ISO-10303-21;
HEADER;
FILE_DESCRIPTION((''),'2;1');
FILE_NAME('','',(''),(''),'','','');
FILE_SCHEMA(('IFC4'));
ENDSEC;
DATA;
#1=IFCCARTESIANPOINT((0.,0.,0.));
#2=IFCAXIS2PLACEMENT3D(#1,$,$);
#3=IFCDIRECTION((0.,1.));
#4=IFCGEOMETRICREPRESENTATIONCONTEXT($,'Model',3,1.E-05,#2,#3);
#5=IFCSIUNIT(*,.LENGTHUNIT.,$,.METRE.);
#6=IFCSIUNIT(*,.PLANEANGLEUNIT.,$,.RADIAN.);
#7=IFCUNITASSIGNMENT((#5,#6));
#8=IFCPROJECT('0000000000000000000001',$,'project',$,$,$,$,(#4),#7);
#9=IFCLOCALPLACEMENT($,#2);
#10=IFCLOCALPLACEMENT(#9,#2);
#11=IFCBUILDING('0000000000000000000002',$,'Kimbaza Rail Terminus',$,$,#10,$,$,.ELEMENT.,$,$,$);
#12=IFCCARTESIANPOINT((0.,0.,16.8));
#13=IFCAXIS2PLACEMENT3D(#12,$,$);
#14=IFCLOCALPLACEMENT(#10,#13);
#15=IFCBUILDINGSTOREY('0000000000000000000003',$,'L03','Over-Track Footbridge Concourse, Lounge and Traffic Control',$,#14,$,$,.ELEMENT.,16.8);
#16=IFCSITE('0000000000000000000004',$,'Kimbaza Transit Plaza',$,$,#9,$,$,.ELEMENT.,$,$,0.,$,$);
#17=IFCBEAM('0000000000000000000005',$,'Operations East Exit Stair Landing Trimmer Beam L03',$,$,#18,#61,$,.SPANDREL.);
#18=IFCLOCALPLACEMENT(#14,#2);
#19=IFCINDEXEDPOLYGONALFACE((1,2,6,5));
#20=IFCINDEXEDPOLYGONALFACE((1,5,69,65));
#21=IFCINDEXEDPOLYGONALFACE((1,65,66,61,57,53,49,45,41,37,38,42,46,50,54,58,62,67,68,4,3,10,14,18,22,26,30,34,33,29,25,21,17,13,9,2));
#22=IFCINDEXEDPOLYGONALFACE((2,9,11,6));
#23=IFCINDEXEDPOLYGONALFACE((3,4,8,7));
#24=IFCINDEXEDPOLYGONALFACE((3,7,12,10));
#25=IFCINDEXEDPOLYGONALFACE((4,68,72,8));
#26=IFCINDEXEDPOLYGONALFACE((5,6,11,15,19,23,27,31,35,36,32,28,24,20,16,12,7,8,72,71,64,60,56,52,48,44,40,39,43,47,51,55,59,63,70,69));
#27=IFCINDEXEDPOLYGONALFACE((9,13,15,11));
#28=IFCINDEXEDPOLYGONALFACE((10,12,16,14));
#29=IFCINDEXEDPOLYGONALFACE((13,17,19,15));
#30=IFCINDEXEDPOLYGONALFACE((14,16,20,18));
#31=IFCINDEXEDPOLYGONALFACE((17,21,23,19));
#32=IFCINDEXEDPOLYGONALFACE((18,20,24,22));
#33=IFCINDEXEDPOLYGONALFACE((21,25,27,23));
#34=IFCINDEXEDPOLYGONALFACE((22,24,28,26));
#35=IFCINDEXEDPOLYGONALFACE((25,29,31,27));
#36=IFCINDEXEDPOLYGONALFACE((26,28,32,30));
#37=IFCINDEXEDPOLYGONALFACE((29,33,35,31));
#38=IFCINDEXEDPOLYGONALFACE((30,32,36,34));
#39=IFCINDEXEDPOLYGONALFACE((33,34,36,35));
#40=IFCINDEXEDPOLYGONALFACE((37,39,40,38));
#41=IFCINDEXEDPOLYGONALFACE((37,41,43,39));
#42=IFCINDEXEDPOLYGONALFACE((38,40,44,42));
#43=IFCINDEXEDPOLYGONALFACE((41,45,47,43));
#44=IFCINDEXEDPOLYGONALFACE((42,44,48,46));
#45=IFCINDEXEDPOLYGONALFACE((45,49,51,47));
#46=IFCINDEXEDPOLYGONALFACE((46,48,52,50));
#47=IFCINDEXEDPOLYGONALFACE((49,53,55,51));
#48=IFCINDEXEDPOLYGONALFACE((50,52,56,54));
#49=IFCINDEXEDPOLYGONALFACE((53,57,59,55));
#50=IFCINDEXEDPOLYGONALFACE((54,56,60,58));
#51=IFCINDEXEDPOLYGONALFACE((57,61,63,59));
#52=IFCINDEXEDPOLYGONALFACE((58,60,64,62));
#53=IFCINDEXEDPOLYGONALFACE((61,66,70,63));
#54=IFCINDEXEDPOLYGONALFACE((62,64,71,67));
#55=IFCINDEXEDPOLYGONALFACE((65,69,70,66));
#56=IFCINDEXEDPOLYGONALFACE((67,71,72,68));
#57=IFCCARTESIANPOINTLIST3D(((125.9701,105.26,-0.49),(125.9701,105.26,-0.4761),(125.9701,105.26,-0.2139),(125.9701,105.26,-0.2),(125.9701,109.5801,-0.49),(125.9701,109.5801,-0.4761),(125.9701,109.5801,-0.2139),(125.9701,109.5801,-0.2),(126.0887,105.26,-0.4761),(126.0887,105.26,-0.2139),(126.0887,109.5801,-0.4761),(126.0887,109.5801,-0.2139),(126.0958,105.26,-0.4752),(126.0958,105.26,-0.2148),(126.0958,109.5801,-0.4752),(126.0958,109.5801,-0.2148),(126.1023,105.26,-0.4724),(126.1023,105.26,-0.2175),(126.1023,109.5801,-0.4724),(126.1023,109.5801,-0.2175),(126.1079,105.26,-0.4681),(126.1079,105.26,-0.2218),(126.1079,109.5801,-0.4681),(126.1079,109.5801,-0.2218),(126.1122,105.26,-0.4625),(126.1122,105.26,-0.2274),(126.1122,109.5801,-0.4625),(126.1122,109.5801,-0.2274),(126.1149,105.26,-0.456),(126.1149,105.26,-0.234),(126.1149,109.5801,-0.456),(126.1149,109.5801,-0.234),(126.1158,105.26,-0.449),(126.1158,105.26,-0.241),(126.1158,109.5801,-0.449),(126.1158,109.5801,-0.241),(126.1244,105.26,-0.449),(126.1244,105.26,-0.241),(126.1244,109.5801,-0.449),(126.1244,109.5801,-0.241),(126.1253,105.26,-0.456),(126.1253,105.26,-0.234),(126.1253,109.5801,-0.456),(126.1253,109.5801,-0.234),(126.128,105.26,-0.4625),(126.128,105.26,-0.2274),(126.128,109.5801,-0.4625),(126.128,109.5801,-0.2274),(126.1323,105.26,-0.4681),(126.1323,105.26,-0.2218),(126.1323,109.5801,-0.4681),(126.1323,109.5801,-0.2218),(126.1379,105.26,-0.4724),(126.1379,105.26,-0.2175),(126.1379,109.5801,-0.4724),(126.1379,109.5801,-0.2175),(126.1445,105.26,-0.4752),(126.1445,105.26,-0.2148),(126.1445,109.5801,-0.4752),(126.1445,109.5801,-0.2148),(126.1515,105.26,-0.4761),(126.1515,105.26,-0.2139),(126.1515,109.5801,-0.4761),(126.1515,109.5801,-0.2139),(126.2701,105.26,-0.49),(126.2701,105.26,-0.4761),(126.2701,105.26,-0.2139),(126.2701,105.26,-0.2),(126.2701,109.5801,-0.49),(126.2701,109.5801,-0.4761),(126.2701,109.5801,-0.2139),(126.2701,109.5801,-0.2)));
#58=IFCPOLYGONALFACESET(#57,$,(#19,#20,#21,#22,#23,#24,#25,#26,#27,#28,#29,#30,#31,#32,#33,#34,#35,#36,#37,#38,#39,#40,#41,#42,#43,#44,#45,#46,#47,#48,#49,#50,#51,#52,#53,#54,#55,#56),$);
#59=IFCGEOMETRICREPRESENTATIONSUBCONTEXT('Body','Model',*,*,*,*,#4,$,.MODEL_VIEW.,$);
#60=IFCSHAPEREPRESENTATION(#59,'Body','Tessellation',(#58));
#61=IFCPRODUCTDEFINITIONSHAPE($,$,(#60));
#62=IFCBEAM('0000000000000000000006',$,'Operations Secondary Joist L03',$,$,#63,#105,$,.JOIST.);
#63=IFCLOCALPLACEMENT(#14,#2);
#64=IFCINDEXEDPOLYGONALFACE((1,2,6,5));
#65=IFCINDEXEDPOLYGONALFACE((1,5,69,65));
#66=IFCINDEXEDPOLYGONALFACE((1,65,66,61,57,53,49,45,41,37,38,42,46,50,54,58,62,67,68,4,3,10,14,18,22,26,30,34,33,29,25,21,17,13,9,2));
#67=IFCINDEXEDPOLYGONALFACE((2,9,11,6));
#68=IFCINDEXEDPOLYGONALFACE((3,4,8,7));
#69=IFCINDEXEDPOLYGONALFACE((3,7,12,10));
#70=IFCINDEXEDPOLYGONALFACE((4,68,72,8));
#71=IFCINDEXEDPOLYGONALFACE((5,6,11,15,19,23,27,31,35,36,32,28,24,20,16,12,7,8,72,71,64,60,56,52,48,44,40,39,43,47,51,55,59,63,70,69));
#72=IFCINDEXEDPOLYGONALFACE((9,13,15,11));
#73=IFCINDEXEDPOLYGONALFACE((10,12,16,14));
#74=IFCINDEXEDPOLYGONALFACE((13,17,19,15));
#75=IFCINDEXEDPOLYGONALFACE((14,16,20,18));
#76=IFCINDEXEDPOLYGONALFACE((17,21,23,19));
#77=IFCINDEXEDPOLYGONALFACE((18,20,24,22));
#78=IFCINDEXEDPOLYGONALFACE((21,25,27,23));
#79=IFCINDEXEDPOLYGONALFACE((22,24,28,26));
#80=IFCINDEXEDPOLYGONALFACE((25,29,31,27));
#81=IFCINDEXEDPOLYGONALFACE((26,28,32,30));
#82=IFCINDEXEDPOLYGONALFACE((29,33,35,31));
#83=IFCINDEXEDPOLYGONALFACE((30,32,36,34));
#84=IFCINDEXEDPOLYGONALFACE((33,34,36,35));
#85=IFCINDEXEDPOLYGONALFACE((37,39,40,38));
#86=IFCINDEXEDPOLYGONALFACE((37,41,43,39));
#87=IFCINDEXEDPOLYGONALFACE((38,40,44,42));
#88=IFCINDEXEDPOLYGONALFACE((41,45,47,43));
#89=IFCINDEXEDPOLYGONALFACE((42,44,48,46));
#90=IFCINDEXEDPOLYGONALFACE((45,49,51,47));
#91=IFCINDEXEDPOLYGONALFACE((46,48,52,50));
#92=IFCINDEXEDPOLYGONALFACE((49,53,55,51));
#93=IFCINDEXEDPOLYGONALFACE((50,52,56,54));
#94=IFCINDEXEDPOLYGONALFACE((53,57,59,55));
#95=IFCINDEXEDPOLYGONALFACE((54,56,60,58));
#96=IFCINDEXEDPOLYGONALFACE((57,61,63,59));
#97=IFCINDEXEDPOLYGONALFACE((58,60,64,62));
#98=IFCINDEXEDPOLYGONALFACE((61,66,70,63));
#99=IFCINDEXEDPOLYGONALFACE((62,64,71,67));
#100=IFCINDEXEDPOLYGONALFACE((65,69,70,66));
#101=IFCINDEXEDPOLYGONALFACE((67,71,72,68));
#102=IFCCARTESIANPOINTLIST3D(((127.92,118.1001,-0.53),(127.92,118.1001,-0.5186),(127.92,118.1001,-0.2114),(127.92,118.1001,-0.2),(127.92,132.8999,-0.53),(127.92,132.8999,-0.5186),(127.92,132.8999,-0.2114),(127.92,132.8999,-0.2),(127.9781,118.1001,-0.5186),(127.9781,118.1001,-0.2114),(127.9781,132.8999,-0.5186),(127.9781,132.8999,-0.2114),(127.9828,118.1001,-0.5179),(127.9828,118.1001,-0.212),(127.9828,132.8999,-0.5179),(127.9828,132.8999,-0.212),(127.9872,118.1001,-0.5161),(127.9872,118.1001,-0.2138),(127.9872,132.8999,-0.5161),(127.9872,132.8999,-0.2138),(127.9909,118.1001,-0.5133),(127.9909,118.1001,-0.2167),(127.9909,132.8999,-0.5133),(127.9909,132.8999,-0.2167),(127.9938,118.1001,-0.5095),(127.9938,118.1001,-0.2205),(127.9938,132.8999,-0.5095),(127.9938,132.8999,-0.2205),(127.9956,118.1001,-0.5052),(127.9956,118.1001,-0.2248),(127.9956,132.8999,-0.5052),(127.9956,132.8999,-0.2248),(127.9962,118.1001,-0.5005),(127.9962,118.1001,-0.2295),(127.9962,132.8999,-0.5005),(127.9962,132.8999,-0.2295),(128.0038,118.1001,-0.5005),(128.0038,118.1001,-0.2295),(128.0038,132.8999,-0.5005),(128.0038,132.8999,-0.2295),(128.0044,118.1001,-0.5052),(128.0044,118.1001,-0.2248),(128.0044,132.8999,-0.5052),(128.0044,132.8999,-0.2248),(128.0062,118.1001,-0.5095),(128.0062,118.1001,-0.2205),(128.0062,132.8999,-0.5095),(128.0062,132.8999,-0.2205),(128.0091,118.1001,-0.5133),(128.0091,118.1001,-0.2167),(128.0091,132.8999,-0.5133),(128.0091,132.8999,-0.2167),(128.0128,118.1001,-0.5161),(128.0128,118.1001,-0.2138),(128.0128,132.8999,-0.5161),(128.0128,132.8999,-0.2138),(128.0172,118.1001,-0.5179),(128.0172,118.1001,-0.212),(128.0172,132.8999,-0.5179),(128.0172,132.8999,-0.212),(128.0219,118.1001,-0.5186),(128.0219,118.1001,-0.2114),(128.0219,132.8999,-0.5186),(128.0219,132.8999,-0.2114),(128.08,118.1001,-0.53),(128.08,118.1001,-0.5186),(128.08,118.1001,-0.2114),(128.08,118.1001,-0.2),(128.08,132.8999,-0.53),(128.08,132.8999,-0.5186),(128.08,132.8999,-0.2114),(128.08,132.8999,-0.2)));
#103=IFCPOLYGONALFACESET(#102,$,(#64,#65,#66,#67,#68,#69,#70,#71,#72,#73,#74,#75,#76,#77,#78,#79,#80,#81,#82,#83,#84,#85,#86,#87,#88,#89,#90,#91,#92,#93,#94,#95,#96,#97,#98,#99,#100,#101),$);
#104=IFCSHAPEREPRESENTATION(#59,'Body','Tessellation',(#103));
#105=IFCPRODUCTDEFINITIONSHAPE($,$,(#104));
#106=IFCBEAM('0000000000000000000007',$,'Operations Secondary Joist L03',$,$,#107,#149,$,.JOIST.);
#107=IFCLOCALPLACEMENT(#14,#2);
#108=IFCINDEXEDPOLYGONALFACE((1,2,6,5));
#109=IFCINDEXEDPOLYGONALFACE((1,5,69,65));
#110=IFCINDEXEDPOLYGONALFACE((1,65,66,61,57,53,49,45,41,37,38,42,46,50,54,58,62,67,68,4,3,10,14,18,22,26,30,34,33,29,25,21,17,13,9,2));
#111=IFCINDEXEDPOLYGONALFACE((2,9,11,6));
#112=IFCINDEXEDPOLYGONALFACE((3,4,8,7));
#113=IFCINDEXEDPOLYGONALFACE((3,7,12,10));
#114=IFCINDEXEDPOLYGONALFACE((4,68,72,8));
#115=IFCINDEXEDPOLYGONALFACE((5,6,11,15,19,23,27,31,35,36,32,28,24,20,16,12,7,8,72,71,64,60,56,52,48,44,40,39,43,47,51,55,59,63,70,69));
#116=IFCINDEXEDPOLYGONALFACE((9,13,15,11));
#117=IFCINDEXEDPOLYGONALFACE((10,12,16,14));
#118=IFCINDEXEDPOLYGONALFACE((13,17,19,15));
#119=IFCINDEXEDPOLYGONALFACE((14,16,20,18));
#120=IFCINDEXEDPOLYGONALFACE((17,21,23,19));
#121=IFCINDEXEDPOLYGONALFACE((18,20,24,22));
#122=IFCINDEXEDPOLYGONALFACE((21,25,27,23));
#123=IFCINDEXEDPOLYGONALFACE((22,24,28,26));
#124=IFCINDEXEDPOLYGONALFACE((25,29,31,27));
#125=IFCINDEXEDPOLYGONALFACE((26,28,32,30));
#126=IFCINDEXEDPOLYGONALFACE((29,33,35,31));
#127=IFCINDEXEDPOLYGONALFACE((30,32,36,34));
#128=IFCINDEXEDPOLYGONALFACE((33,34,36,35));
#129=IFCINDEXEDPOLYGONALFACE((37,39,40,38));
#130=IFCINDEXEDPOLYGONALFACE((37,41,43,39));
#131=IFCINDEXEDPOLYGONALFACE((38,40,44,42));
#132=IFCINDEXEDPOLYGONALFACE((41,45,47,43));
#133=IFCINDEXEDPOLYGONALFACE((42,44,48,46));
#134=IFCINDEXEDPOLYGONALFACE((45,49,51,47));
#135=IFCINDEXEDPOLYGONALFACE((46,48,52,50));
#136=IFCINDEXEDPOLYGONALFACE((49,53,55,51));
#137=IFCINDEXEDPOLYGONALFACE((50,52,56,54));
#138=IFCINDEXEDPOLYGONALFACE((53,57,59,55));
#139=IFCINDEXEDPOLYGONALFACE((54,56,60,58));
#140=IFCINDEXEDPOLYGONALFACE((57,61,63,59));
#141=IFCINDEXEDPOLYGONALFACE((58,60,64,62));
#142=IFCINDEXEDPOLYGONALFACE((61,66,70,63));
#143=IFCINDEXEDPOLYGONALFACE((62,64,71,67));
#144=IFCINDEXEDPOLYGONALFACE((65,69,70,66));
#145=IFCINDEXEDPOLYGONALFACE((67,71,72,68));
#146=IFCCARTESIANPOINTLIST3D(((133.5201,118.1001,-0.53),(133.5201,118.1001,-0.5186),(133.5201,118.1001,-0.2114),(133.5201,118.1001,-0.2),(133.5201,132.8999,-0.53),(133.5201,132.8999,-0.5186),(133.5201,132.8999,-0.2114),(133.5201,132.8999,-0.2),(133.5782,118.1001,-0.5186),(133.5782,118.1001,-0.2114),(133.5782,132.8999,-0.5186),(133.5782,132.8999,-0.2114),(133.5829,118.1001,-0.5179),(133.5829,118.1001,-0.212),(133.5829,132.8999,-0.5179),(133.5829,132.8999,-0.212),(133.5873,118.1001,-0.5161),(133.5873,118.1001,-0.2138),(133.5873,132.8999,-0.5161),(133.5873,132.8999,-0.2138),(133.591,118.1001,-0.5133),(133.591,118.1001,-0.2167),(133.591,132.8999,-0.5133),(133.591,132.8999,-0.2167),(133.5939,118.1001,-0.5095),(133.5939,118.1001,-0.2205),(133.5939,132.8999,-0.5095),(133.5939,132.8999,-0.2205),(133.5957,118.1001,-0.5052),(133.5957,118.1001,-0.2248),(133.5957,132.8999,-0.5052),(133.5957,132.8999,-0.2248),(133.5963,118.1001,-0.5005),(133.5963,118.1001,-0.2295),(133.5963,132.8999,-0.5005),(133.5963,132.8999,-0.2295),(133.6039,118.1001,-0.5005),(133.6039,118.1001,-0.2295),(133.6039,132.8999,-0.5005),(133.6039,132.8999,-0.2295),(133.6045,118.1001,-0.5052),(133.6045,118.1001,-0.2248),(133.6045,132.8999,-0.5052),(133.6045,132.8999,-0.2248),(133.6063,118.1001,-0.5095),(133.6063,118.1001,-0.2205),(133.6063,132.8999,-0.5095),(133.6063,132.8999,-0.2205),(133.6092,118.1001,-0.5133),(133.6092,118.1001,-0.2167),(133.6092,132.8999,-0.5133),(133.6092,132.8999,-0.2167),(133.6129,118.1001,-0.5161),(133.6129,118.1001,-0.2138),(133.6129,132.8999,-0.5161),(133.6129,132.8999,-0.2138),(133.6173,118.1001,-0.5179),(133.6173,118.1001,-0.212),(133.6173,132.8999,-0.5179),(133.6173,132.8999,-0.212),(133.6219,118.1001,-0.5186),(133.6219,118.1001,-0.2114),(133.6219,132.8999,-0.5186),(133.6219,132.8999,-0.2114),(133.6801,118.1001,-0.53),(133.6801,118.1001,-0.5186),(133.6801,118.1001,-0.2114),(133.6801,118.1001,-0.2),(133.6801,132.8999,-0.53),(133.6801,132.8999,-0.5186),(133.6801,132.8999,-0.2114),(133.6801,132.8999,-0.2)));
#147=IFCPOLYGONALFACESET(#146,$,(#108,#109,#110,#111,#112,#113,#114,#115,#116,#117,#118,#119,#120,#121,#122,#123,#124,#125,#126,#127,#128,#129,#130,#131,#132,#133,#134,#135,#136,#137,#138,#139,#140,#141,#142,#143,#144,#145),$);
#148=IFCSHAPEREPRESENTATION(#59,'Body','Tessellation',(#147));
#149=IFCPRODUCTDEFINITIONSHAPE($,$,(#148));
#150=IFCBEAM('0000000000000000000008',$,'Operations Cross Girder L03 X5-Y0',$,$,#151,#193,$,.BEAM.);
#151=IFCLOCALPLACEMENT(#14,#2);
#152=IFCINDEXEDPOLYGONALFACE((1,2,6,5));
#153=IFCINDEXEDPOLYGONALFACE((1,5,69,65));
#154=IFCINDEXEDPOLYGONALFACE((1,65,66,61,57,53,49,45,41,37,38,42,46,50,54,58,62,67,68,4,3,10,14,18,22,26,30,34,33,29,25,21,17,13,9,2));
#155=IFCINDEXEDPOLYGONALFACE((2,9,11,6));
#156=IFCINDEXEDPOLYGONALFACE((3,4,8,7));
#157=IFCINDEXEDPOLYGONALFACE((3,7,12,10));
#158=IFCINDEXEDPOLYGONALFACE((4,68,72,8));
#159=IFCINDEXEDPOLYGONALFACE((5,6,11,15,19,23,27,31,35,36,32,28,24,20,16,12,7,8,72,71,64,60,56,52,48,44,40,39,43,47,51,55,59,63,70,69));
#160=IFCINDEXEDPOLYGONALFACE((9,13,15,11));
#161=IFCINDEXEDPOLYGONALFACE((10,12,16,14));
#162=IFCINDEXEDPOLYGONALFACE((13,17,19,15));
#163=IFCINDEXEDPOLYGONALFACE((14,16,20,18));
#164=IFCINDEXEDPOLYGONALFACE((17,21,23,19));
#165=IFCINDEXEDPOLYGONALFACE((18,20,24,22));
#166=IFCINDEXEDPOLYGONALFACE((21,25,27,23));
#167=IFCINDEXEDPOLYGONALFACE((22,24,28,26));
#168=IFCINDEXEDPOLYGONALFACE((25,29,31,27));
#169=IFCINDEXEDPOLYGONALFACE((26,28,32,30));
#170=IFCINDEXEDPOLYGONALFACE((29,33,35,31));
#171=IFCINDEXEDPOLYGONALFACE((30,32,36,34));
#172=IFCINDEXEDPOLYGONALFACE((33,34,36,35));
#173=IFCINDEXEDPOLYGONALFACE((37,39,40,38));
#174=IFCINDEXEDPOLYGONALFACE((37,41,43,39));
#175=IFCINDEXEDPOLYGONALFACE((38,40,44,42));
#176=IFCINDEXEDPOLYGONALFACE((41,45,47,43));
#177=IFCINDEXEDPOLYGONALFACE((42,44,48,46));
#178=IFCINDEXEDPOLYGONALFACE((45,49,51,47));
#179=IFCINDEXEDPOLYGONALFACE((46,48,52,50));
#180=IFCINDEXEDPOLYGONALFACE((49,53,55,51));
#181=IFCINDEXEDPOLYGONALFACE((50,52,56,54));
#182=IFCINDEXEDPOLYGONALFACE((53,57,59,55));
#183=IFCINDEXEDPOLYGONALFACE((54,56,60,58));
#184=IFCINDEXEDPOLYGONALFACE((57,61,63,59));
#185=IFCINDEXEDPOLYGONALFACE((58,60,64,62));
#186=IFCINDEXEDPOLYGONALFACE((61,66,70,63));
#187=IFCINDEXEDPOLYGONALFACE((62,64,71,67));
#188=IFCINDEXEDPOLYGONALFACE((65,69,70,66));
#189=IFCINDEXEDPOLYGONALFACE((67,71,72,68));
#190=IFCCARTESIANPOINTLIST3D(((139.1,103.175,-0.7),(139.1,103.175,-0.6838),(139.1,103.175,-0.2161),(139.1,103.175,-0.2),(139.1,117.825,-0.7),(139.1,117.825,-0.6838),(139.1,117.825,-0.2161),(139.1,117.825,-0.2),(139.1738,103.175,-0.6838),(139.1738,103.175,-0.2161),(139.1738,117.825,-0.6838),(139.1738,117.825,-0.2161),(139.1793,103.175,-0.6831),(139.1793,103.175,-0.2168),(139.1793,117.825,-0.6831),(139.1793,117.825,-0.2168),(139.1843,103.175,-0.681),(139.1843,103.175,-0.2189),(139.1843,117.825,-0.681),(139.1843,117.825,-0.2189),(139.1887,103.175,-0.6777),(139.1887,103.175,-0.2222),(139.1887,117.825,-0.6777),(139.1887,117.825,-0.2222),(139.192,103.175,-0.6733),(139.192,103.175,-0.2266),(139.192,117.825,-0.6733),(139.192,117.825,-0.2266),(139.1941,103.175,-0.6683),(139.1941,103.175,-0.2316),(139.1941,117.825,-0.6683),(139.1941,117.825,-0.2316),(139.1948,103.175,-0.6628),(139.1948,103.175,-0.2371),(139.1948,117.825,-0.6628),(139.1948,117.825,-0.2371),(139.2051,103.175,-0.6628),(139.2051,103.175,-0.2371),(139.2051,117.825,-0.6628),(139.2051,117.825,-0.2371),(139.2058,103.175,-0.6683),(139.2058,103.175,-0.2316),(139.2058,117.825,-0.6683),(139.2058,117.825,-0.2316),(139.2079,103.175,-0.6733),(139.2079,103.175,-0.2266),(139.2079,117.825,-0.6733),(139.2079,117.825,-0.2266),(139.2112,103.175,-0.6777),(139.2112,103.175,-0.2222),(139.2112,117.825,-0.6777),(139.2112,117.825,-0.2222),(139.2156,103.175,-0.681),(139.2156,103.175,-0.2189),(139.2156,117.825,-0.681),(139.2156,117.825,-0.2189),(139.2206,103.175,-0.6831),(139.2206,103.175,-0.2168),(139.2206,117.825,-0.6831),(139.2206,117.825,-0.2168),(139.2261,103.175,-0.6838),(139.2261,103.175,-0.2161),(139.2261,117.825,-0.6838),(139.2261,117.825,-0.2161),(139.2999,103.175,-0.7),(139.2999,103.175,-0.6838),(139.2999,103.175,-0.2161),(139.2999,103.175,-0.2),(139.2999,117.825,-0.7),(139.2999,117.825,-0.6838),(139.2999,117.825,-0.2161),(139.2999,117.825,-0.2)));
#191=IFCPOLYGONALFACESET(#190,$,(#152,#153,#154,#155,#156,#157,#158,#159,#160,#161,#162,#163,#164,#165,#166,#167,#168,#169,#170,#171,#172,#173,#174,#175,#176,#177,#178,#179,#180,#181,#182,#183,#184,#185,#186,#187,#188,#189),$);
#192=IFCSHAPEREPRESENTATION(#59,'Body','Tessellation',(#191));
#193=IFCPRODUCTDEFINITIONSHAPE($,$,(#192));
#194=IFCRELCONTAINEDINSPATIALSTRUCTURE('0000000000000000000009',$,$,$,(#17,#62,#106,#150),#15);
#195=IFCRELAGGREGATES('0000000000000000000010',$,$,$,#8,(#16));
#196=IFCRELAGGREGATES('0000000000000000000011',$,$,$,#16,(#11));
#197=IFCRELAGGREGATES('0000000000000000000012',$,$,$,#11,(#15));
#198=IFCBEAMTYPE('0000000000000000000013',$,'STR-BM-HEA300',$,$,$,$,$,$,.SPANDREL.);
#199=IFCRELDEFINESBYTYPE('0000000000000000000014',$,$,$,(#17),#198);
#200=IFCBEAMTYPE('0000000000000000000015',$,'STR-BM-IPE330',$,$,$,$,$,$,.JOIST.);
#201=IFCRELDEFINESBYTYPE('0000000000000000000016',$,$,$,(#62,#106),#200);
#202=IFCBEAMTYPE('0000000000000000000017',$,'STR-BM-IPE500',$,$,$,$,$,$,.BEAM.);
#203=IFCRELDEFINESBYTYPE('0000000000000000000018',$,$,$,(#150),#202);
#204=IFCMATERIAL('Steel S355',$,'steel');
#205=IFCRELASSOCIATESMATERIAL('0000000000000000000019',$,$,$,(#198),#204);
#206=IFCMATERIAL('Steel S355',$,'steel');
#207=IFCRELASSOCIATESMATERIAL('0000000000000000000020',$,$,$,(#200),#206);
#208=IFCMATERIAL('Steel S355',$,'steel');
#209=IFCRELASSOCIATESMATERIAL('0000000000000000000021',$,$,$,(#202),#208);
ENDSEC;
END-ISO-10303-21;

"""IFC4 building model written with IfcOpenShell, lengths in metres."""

from ifc_helpers import new_model, si_unit, direction, frame, origin, origin_2d, place, context, subcontext, project, spatial, i_section, extrude, material, material_profile, profile_set, type_object, element, save


model = new_model("IFC4")

# Units and contexts
model_context = context("Model", 3, precision=1e-05, world=origin(), true_north=direction((0.0, 1.0)))
body_context = subcontext(model_context, "Body", "Model", "MODEL_VIEW")
ifc_project = project(units=[si_unit("LENGTHUNIT", "METRE"), si_unit("PLANEANGLEUNIT", "RADIAN")], contexts=[model_context])

# Site, building, storey
site_placement = place(None, origin())
site = spatial("IfcSite", under=ifc_project, at=site_placement, Name="Kimbaza Transit Plaza", CompositionType="ELEMENT", RefElevation=0.0)
building_placement = place(site_placement, origin())
building = spatial("IfcBuilding", under=site, at=building_placement, Name="Kimbaza Rail Terminus", CompositionType="ELEMENT")
storey_placement = place(building_placement, frame((0.0, 0.0, 16.8)))
storey = spatial("IfcBuildingStorey", under=building, at=storey_placement, Name="L03", Description="Over-Track Footbridge Concourse, Lounge and Traffic Control", CompositionType="ELEMENT", Elevation=16.8)

# Beams
ifc_material_1 = material(Name="Steel S355", Category="steel")
ifc_material_profile_1 = material_profile(ifc_material_1, i_section(OverallWidth=0.3, OverallDepth=0.29, WebThickness=0.0085, FlangeThickness=0.0139, FilletRadius=0.0271, at=origin_2d()), Name="HEA 300")
ifc_profile_set_1 = profile_set([ifc_material_profile_1], Name="Steel S355")
beam_type_1 = type_object("IfcBeamType", Name="STR-BM-HEA300", PredefinedType="SPANDREL", material=ifc_profile_set_1)
beam_1_placement = place(storey_placement, frame((126.1201, 105.26, -0.345), z_axis=(0.0, 1.0, 0.0), x_axis=(-1.0, 0.0, 0.0)))
element("IfcBeam", 1, at=beam_1_placement, inside=storey, type_object=beam_type_1, Name="Operations East Exit Stair Landing Trimmer Beam L03", PredefinedType="SPANDREL", context=body_context, shape_type="SweptSolid", body=[
    extrude(i_section(OverallWidth=0.3, OverallDepth=0.29, WebThickness=0.0085, FlangeThickness=0.0139, FilletRadius=0.0271, at=origin_2d()), origin(), (0.0, 0.0, 1.0), 4.3201),
])
ifc_material_2 = material(Name="Steel S355", Category="steel")
ifc_material_profile_2 = material_profile(ifc_material_2, i_section(OverallWidth=0.1599, OverallDepth=0.3301, WebThickness=0.0076, FlangeThickness=0.0115, FilletRadius=0.0181, at=origin_2d()), Name="IPE 330")
ifc_profile_set_2 = profile_set([ifc_material_profile_2], Name="Steel S355")
beam_type_2 = type_object("IfcBeamType", Name="STR-BM-IPE330", PredefinedType="JOIST", material=ifc_profile_set_2)
for number, where, z_axis, x_axis, name in (
    (2, (128.0, 118.1001, -0.365), (0.0, 1.0, 0.0), (-1.0, 0.0, 0.0), "Operations Secondary Joist L03"),
    (3, (133.6001, 118.1001, -0.365), (0.0, 1.0, 0.0), (-1.0, 0.0, 0.0), "Operations Secondary Joist L03"),
):
    element("IfcBeam", number, at=place(storey_placement, frame(where, z_axis=z_axis, x_axis=x_axis)), inside=storey, type_object=beam_type_2, Name=name, PredefinedType="JOIST", context=body_context, shape_type="SweptSolid", body=[
        extrude(i_section(OverallWidth=0.1599, OverallDepth=0.3301, WebThickness=0.0076, FlangeThickness=0.0115, FilletRadius=0.0181, at=origin_2d()), origin(), (0.0, 0.0, 1.0), 14.7998),
    ])
ifc_material_3 = material(Name="Steel S355", Category="steel")
ifc_material_profile_3 = material_profile(ifc_material_3, i_section(OverallWidth=0.2, OverallDepth=0.5, WebThickness=0.0103, FlangeThickness=0.0161, FilletRadius=0.021, at=origin_2d()), Name="IPE 500")
ifc_profile_set_3 = profile_set([ifc_material_profile_3], Name="Steel S355")
beam_type_3 = type_object("IfcBeamType", Name="STR-BM-IPE500", PredefinedType="BEAM", material=ifc_profile_set_3)
beam_2_placement = place(storey_placement, frame((139.2, 103.175, -0.45), z_axis=(0.0, 1.0, 0.0), x_axis=(-1.0, 0.0, 0.0)))
element("IfcBeam", 4, at=beam_2_placement, inside=storey, type_object=beam_type_3, Name="Operations Cross Girder L03 X5-Y0", PredefinedType="BEAM", context=body_context, shape_type="SweptSolid", body=[
    extrude(i_section(OverallWidth=0.2, OverallDepth=0.5, WebThickness=0.0103, FlangeThickness=0.0161, FilletRadius=0.021, at=origin_2d()), origin(), (0.0, 0.0, 1.0), 14.6499),
])

save(model, "model.ifc")
